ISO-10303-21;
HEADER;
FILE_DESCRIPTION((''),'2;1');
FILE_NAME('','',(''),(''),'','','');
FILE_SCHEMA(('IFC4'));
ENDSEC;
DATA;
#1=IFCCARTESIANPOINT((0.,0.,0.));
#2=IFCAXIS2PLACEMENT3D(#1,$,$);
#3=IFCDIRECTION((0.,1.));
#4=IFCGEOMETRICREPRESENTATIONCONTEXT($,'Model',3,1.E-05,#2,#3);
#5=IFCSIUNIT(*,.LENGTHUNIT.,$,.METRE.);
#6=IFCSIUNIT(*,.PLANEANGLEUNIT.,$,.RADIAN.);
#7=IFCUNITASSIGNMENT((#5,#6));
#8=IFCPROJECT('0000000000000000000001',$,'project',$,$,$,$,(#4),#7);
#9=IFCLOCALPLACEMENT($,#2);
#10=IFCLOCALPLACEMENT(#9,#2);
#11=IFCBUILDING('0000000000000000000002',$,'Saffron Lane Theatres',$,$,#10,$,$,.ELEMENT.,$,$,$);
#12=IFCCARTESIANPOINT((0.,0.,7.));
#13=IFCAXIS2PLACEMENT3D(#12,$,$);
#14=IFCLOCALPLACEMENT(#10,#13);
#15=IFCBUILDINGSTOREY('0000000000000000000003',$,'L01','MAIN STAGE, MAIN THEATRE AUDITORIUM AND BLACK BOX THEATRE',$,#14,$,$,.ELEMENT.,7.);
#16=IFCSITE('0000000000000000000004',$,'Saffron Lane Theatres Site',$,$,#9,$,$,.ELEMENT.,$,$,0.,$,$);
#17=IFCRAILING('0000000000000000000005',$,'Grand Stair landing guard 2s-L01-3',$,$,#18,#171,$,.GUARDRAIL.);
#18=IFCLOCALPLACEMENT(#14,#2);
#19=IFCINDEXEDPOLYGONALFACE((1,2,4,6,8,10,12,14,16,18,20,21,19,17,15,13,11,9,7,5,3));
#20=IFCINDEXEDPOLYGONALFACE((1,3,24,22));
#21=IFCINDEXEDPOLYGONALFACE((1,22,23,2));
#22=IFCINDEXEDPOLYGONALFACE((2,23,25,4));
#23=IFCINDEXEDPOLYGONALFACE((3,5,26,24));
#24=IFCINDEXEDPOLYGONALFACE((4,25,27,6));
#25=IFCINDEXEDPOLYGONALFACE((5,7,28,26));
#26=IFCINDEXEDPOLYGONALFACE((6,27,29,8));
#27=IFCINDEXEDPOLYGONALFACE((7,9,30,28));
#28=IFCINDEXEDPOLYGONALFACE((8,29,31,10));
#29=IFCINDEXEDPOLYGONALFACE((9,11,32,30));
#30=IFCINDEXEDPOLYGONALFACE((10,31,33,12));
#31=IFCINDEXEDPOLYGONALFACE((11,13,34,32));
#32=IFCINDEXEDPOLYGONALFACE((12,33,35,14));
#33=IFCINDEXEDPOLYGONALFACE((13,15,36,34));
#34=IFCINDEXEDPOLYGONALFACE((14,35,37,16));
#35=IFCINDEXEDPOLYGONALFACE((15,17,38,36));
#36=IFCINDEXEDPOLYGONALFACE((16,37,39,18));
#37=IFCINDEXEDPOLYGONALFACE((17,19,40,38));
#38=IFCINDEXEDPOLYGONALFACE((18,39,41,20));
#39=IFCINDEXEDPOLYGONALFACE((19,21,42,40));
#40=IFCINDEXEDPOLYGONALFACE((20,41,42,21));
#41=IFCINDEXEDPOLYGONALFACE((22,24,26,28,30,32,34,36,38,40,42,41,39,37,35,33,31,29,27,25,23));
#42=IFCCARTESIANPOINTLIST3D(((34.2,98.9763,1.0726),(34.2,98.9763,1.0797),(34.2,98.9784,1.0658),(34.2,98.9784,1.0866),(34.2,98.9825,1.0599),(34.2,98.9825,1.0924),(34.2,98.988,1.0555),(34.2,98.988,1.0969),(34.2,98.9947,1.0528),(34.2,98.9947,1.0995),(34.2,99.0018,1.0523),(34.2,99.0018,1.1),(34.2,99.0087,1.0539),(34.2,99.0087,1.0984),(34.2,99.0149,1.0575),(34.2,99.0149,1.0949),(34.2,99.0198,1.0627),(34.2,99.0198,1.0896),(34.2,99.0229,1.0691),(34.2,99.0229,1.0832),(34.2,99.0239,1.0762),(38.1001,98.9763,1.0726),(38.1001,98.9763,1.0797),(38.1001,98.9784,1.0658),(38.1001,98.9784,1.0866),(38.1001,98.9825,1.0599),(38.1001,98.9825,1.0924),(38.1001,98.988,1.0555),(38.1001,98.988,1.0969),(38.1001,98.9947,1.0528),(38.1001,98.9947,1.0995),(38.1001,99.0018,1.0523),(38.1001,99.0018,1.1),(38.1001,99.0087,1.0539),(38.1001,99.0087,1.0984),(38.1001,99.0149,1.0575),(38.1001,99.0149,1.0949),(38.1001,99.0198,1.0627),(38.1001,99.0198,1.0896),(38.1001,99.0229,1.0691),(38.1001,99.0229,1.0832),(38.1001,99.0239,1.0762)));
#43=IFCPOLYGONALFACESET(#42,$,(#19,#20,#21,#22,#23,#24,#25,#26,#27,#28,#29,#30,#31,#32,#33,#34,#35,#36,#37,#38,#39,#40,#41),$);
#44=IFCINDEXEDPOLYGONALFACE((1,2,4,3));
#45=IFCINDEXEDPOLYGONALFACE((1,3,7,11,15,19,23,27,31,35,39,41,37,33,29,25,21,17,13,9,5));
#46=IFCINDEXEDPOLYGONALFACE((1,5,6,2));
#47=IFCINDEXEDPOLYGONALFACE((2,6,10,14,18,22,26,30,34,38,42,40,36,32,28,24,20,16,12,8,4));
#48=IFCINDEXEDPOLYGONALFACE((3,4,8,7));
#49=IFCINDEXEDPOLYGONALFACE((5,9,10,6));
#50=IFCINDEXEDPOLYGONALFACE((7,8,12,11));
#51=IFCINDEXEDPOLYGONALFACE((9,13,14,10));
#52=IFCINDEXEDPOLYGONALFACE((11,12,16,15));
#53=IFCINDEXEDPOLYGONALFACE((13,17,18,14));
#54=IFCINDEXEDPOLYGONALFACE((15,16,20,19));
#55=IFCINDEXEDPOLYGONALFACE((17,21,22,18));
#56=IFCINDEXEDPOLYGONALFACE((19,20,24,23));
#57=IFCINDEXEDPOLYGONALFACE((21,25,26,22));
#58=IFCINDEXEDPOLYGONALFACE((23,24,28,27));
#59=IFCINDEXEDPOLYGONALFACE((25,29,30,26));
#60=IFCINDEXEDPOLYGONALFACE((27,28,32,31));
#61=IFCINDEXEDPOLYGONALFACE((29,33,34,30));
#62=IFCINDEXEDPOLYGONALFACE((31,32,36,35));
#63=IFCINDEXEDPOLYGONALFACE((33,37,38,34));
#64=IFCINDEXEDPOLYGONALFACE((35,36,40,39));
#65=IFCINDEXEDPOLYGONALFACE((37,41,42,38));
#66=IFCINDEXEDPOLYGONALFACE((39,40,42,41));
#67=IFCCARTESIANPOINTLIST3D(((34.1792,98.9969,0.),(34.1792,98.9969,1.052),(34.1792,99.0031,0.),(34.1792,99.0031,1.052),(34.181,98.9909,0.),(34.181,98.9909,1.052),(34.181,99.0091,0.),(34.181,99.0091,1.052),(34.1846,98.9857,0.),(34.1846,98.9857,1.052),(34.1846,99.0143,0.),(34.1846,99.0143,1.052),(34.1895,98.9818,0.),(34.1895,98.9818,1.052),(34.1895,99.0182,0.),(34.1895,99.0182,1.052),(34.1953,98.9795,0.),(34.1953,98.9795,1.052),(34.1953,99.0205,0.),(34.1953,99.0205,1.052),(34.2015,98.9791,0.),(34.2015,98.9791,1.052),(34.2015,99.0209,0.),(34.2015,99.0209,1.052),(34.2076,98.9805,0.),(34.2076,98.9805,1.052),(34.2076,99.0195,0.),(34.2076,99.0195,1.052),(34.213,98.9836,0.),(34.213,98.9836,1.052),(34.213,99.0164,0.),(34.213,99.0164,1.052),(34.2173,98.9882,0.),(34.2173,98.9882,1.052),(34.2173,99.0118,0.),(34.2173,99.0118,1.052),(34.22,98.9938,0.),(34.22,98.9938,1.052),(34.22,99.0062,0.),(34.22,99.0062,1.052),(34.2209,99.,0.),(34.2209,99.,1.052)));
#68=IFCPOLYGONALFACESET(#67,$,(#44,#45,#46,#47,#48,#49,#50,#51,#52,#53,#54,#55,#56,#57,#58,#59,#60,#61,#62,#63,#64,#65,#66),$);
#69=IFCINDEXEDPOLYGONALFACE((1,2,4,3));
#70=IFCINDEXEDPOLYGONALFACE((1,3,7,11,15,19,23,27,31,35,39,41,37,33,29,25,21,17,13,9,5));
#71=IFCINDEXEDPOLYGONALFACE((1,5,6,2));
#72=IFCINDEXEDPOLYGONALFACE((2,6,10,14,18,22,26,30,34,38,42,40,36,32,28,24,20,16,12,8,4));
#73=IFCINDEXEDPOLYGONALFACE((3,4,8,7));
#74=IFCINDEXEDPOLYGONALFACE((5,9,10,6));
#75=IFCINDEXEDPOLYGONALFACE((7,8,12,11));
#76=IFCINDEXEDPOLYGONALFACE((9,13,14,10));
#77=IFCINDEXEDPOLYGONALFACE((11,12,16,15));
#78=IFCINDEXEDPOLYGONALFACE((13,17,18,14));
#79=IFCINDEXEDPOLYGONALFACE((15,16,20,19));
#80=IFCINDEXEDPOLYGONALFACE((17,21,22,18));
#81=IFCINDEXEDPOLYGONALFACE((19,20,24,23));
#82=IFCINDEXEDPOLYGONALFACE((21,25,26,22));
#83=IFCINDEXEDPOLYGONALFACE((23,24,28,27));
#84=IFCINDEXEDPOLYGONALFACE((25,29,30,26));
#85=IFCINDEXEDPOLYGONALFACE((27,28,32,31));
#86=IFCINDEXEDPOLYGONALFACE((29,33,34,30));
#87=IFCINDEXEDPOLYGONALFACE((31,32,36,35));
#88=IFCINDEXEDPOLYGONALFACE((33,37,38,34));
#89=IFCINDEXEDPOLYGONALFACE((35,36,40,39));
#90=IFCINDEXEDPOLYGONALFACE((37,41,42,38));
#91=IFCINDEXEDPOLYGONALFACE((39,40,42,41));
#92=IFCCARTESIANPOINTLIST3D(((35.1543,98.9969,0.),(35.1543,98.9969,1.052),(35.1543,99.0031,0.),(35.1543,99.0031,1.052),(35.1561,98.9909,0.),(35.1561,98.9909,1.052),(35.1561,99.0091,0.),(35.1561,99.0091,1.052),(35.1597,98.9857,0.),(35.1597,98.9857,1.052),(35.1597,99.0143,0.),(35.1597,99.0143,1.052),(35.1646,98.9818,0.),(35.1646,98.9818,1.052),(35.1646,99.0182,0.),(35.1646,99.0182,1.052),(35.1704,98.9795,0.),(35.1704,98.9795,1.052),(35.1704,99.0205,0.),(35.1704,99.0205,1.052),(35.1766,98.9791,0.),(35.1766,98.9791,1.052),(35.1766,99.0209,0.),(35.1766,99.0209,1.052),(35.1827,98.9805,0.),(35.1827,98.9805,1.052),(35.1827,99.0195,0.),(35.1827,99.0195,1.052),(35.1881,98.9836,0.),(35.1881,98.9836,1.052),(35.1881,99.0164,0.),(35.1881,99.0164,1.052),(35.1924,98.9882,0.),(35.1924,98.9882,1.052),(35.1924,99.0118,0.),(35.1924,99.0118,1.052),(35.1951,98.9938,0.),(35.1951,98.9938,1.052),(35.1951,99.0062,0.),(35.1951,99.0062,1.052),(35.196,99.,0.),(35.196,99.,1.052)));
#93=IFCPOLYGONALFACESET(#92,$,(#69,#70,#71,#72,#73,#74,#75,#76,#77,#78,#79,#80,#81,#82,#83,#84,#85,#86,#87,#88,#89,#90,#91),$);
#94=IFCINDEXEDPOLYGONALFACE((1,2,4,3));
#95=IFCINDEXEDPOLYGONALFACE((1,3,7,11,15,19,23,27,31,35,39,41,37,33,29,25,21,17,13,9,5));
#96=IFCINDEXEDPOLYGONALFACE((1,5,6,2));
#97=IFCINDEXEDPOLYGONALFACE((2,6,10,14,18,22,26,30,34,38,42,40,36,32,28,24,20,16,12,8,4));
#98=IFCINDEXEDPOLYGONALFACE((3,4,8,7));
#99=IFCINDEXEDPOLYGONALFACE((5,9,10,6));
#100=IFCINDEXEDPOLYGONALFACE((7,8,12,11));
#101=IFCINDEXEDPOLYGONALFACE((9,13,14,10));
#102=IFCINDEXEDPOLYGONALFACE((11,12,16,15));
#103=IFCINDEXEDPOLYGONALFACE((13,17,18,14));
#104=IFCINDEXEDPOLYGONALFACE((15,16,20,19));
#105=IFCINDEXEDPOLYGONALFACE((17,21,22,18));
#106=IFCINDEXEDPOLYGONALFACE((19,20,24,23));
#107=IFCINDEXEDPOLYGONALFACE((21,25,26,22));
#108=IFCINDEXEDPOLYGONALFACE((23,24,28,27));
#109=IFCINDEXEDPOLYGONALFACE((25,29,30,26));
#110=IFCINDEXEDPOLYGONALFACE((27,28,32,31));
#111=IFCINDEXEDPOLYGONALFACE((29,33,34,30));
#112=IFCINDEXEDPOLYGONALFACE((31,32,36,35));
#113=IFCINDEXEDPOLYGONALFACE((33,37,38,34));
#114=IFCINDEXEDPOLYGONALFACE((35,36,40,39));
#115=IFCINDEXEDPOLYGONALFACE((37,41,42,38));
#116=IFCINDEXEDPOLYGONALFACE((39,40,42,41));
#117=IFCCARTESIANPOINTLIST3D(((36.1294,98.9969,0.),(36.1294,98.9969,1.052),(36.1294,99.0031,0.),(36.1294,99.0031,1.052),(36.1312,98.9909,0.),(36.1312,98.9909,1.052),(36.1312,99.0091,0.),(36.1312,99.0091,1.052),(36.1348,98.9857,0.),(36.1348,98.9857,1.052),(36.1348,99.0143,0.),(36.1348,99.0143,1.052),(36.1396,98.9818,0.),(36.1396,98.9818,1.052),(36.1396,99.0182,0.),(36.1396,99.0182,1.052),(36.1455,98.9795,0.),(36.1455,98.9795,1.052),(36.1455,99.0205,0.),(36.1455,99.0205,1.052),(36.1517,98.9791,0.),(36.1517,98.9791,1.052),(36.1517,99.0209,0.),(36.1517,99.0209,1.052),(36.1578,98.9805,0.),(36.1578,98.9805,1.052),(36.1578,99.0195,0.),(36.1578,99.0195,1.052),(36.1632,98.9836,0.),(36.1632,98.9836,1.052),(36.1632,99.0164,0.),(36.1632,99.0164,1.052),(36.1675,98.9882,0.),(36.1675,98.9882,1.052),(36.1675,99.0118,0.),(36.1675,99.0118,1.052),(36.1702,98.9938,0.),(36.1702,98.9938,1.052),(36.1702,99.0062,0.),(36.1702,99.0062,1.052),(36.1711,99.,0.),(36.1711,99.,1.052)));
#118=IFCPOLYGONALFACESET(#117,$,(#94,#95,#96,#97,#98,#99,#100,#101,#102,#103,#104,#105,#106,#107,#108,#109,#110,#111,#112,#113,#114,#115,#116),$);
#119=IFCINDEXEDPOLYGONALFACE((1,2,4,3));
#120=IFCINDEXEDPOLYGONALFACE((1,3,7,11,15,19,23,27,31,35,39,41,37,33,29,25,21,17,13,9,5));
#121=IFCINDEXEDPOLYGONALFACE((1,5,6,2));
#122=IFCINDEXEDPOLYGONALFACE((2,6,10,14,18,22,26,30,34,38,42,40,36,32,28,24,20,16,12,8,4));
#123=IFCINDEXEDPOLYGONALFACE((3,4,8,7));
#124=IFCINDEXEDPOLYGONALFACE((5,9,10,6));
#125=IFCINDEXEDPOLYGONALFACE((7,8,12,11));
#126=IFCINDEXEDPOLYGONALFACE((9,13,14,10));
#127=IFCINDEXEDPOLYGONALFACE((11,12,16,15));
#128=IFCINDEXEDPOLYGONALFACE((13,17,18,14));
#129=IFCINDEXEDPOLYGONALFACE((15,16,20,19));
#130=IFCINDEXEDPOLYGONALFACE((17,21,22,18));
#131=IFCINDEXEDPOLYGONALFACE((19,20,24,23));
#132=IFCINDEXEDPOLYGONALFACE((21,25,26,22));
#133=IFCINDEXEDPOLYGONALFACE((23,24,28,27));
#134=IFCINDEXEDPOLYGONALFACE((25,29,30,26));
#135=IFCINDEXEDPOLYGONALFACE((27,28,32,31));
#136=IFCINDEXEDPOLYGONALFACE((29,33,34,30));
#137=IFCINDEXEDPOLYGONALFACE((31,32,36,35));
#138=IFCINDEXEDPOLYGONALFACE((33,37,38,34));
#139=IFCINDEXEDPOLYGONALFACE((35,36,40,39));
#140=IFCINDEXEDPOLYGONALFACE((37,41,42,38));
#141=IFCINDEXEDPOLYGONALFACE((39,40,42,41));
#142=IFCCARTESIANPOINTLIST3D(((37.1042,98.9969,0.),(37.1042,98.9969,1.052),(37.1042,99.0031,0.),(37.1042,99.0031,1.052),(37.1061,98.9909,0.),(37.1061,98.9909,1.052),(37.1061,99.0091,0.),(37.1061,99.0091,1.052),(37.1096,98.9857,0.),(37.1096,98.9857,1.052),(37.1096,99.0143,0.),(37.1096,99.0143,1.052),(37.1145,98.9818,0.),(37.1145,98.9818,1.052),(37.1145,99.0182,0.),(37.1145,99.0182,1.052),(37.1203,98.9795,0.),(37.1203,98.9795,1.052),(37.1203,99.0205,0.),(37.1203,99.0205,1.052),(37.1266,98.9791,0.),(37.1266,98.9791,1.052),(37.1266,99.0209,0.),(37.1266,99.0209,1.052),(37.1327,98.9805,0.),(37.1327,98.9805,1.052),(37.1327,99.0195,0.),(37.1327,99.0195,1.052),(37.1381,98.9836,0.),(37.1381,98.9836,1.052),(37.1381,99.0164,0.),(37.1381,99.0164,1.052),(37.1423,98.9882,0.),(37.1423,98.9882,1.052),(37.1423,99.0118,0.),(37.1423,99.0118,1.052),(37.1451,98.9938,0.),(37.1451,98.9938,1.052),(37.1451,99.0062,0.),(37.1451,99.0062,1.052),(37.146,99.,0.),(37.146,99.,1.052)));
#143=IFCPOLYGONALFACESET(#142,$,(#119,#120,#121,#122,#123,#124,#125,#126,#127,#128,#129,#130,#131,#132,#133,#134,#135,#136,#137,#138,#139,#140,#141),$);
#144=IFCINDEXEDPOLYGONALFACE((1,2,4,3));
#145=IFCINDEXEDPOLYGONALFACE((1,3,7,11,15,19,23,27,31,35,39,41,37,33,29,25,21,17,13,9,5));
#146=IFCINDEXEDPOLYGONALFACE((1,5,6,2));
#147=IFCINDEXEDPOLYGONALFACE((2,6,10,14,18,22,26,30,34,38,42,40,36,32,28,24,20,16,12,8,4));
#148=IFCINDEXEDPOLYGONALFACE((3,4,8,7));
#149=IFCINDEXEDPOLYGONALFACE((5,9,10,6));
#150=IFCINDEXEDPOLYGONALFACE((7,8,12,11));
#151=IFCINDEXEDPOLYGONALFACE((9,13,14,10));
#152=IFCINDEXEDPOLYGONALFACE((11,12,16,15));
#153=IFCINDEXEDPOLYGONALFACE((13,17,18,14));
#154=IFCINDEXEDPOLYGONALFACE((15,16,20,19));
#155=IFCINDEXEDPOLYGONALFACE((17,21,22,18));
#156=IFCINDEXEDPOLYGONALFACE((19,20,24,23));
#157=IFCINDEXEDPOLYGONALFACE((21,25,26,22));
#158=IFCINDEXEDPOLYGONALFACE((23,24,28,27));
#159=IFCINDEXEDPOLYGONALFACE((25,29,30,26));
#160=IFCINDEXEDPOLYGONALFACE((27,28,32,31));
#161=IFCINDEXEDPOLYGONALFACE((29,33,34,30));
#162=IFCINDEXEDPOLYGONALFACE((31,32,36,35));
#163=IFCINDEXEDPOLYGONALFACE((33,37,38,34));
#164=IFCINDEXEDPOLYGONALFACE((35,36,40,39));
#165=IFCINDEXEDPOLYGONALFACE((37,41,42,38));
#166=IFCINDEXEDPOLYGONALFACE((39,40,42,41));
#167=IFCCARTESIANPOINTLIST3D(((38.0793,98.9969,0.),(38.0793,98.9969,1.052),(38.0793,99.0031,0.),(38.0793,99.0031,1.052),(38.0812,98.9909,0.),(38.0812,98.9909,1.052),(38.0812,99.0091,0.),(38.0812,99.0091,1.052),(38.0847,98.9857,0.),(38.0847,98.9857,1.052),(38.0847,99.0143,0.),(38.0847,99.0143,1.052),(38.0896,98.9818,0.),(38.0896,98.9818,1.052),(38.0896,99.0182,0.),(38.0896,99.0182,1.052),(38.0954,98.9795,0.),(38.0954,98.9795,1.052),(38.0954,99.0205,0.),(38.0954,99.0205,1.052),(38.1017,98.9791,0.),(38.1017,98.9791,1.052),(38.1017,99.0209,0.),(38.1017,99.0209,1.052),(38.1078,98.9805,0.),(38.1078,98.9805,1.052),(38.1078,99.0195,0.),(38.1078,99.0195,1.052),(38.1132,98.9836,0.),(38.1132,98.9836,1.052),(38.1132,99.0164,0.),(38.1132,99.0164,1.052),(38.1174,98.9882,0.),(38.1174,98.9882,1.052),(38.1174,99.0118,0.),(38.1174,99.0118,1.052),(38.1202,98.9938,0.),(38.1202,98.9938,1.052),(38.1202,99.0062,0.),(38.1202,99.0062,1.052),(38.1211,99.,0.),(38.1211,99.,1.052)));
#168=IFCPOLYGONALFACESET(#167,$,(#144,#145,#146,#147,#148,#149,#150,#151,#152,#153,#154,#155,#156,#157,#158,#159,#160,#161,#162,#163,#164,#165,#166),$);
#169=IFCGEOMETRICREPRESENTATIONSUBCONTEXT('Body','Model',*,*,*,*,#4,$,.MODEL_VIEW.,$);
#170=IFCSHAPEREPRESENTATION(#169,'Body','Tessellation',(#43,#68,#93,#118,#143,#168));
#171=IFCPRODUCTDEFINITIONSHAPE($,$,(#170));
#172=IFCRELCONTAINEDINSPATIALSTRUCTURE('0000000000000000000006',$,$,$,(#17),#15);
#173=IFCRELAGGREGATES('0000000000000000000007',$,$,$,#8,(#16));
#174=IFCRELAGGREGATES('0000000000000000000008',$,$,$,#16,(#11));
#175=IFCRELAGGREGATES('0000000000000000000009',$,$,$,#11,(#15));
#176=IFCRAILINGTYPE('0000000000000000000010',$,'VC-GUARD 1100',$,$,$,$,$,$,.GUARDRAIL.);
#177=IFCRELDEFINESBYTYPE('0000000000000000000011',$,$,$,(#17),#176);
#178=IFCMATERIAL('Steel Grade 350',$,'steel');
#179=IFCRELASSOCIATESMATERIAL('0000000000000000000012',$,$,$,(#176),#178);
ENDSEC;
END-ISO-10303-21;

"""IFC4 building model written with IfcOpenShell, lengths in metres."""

from ifc_helpers import new_model, si_unit, direction, frame, origin, origin_2d, place, context, subcontext, project, spatial, circle, extrude, material, type_object, element, save


model = new_model("IFC4")

# Units and contexts
model_context = context("Model", 3, precision=1e-05, world=origin(), true_north=direction((0.0, 1.0)))
body_context = subcontext(model_context, "Body", "Model", "MODEL_VIEW")
ifc_project = project(units=[si_unit("LENGTHUNIT", "METRE"), si_unit("PLANEANGLEUNIT", "RADIAN")], contexts=[model_context])

# Site, building, storey
site_placement = place(None, origin())
site = spatial("IfcSite", under=ifc_project, at=site_placement, Name="Saffron Lane Theatres Site", CompositionType="ELEMENT", RefElevation=0.0)
building_placement = place(site_placement, origin())
building = spatial("IfcBuilding", under=site, at=building_placement, Name="Saffron Lane Theatres", CompositionType="ELEMENT")
storey_placement = place(building_placement, frame((0.0, 0.0, 7.0)))
storey = spatial("IfcBuildingStorey", under=building, at=storey_placement, Name="L01", Description="MAIN STAGE, MAIN THEATRE AUDITORIUM AND BLACK BOX THEATRE", CompositionType="ELEMENT", Elevation=7.0)

# Railing
ifc_material_1 = material(Name="Steel Grade 350", Category="steel")
railing_type_1 = type_object("IfcRailingType", Name="VC-GUARD 1100", PredefinedType="GUARDRAIL", material=ifc_material_1)
railing_1_placement = place(storey_placement, frame((34.2, 99.0, 0.0)))
element("IfcRailing", 1, at=railing_1_placement, inside=storey, type_object=railing_type_1, Name="Grand Stair landing guard 2s-L01-3", PredefinedType="GUARDRAIL", context=body_context, shape_type="SweptSolid", body=[
    extrude(circle(Radius=0.0239, at=origin_2d()), frame((0.0, 0.0, 1.0762), z_axis=(1.0, 0.0, 0.0), x_axis=(0.0, 1.0, 0.0)), (0.0, 0.0, 1.0), 3.9001),
    extrude(circle(Radius=0.021, at=origin_2d()), origin(), (0.0, 0.0, 1.0), 1.052),
    extrude(circle(Radius=0.021, at=origin_2d()), frame((0.9751, 0.0, 0.0)), (0.0, 0.0, 1.0), 1.052),
    extrude(circle(Radius=0.021, at=origin_2d()), frame((1.9502, 0.0, 0.0)), (0.0, 0.0, 1.0), 1.052),
    extrude(circle(Radius=0.021, at=origin_2d()), frame((2.925, 0.0, 0.0)), (0.0, 0.0, 1.0), 1.052),
    extrude(circle(Radius=0.021, at=origin_2d()), frame((3.9001, 0.0, 0.0)), (0.0, 0.0, 1.0), 1.052),
])

save(model, "model.ifc")
